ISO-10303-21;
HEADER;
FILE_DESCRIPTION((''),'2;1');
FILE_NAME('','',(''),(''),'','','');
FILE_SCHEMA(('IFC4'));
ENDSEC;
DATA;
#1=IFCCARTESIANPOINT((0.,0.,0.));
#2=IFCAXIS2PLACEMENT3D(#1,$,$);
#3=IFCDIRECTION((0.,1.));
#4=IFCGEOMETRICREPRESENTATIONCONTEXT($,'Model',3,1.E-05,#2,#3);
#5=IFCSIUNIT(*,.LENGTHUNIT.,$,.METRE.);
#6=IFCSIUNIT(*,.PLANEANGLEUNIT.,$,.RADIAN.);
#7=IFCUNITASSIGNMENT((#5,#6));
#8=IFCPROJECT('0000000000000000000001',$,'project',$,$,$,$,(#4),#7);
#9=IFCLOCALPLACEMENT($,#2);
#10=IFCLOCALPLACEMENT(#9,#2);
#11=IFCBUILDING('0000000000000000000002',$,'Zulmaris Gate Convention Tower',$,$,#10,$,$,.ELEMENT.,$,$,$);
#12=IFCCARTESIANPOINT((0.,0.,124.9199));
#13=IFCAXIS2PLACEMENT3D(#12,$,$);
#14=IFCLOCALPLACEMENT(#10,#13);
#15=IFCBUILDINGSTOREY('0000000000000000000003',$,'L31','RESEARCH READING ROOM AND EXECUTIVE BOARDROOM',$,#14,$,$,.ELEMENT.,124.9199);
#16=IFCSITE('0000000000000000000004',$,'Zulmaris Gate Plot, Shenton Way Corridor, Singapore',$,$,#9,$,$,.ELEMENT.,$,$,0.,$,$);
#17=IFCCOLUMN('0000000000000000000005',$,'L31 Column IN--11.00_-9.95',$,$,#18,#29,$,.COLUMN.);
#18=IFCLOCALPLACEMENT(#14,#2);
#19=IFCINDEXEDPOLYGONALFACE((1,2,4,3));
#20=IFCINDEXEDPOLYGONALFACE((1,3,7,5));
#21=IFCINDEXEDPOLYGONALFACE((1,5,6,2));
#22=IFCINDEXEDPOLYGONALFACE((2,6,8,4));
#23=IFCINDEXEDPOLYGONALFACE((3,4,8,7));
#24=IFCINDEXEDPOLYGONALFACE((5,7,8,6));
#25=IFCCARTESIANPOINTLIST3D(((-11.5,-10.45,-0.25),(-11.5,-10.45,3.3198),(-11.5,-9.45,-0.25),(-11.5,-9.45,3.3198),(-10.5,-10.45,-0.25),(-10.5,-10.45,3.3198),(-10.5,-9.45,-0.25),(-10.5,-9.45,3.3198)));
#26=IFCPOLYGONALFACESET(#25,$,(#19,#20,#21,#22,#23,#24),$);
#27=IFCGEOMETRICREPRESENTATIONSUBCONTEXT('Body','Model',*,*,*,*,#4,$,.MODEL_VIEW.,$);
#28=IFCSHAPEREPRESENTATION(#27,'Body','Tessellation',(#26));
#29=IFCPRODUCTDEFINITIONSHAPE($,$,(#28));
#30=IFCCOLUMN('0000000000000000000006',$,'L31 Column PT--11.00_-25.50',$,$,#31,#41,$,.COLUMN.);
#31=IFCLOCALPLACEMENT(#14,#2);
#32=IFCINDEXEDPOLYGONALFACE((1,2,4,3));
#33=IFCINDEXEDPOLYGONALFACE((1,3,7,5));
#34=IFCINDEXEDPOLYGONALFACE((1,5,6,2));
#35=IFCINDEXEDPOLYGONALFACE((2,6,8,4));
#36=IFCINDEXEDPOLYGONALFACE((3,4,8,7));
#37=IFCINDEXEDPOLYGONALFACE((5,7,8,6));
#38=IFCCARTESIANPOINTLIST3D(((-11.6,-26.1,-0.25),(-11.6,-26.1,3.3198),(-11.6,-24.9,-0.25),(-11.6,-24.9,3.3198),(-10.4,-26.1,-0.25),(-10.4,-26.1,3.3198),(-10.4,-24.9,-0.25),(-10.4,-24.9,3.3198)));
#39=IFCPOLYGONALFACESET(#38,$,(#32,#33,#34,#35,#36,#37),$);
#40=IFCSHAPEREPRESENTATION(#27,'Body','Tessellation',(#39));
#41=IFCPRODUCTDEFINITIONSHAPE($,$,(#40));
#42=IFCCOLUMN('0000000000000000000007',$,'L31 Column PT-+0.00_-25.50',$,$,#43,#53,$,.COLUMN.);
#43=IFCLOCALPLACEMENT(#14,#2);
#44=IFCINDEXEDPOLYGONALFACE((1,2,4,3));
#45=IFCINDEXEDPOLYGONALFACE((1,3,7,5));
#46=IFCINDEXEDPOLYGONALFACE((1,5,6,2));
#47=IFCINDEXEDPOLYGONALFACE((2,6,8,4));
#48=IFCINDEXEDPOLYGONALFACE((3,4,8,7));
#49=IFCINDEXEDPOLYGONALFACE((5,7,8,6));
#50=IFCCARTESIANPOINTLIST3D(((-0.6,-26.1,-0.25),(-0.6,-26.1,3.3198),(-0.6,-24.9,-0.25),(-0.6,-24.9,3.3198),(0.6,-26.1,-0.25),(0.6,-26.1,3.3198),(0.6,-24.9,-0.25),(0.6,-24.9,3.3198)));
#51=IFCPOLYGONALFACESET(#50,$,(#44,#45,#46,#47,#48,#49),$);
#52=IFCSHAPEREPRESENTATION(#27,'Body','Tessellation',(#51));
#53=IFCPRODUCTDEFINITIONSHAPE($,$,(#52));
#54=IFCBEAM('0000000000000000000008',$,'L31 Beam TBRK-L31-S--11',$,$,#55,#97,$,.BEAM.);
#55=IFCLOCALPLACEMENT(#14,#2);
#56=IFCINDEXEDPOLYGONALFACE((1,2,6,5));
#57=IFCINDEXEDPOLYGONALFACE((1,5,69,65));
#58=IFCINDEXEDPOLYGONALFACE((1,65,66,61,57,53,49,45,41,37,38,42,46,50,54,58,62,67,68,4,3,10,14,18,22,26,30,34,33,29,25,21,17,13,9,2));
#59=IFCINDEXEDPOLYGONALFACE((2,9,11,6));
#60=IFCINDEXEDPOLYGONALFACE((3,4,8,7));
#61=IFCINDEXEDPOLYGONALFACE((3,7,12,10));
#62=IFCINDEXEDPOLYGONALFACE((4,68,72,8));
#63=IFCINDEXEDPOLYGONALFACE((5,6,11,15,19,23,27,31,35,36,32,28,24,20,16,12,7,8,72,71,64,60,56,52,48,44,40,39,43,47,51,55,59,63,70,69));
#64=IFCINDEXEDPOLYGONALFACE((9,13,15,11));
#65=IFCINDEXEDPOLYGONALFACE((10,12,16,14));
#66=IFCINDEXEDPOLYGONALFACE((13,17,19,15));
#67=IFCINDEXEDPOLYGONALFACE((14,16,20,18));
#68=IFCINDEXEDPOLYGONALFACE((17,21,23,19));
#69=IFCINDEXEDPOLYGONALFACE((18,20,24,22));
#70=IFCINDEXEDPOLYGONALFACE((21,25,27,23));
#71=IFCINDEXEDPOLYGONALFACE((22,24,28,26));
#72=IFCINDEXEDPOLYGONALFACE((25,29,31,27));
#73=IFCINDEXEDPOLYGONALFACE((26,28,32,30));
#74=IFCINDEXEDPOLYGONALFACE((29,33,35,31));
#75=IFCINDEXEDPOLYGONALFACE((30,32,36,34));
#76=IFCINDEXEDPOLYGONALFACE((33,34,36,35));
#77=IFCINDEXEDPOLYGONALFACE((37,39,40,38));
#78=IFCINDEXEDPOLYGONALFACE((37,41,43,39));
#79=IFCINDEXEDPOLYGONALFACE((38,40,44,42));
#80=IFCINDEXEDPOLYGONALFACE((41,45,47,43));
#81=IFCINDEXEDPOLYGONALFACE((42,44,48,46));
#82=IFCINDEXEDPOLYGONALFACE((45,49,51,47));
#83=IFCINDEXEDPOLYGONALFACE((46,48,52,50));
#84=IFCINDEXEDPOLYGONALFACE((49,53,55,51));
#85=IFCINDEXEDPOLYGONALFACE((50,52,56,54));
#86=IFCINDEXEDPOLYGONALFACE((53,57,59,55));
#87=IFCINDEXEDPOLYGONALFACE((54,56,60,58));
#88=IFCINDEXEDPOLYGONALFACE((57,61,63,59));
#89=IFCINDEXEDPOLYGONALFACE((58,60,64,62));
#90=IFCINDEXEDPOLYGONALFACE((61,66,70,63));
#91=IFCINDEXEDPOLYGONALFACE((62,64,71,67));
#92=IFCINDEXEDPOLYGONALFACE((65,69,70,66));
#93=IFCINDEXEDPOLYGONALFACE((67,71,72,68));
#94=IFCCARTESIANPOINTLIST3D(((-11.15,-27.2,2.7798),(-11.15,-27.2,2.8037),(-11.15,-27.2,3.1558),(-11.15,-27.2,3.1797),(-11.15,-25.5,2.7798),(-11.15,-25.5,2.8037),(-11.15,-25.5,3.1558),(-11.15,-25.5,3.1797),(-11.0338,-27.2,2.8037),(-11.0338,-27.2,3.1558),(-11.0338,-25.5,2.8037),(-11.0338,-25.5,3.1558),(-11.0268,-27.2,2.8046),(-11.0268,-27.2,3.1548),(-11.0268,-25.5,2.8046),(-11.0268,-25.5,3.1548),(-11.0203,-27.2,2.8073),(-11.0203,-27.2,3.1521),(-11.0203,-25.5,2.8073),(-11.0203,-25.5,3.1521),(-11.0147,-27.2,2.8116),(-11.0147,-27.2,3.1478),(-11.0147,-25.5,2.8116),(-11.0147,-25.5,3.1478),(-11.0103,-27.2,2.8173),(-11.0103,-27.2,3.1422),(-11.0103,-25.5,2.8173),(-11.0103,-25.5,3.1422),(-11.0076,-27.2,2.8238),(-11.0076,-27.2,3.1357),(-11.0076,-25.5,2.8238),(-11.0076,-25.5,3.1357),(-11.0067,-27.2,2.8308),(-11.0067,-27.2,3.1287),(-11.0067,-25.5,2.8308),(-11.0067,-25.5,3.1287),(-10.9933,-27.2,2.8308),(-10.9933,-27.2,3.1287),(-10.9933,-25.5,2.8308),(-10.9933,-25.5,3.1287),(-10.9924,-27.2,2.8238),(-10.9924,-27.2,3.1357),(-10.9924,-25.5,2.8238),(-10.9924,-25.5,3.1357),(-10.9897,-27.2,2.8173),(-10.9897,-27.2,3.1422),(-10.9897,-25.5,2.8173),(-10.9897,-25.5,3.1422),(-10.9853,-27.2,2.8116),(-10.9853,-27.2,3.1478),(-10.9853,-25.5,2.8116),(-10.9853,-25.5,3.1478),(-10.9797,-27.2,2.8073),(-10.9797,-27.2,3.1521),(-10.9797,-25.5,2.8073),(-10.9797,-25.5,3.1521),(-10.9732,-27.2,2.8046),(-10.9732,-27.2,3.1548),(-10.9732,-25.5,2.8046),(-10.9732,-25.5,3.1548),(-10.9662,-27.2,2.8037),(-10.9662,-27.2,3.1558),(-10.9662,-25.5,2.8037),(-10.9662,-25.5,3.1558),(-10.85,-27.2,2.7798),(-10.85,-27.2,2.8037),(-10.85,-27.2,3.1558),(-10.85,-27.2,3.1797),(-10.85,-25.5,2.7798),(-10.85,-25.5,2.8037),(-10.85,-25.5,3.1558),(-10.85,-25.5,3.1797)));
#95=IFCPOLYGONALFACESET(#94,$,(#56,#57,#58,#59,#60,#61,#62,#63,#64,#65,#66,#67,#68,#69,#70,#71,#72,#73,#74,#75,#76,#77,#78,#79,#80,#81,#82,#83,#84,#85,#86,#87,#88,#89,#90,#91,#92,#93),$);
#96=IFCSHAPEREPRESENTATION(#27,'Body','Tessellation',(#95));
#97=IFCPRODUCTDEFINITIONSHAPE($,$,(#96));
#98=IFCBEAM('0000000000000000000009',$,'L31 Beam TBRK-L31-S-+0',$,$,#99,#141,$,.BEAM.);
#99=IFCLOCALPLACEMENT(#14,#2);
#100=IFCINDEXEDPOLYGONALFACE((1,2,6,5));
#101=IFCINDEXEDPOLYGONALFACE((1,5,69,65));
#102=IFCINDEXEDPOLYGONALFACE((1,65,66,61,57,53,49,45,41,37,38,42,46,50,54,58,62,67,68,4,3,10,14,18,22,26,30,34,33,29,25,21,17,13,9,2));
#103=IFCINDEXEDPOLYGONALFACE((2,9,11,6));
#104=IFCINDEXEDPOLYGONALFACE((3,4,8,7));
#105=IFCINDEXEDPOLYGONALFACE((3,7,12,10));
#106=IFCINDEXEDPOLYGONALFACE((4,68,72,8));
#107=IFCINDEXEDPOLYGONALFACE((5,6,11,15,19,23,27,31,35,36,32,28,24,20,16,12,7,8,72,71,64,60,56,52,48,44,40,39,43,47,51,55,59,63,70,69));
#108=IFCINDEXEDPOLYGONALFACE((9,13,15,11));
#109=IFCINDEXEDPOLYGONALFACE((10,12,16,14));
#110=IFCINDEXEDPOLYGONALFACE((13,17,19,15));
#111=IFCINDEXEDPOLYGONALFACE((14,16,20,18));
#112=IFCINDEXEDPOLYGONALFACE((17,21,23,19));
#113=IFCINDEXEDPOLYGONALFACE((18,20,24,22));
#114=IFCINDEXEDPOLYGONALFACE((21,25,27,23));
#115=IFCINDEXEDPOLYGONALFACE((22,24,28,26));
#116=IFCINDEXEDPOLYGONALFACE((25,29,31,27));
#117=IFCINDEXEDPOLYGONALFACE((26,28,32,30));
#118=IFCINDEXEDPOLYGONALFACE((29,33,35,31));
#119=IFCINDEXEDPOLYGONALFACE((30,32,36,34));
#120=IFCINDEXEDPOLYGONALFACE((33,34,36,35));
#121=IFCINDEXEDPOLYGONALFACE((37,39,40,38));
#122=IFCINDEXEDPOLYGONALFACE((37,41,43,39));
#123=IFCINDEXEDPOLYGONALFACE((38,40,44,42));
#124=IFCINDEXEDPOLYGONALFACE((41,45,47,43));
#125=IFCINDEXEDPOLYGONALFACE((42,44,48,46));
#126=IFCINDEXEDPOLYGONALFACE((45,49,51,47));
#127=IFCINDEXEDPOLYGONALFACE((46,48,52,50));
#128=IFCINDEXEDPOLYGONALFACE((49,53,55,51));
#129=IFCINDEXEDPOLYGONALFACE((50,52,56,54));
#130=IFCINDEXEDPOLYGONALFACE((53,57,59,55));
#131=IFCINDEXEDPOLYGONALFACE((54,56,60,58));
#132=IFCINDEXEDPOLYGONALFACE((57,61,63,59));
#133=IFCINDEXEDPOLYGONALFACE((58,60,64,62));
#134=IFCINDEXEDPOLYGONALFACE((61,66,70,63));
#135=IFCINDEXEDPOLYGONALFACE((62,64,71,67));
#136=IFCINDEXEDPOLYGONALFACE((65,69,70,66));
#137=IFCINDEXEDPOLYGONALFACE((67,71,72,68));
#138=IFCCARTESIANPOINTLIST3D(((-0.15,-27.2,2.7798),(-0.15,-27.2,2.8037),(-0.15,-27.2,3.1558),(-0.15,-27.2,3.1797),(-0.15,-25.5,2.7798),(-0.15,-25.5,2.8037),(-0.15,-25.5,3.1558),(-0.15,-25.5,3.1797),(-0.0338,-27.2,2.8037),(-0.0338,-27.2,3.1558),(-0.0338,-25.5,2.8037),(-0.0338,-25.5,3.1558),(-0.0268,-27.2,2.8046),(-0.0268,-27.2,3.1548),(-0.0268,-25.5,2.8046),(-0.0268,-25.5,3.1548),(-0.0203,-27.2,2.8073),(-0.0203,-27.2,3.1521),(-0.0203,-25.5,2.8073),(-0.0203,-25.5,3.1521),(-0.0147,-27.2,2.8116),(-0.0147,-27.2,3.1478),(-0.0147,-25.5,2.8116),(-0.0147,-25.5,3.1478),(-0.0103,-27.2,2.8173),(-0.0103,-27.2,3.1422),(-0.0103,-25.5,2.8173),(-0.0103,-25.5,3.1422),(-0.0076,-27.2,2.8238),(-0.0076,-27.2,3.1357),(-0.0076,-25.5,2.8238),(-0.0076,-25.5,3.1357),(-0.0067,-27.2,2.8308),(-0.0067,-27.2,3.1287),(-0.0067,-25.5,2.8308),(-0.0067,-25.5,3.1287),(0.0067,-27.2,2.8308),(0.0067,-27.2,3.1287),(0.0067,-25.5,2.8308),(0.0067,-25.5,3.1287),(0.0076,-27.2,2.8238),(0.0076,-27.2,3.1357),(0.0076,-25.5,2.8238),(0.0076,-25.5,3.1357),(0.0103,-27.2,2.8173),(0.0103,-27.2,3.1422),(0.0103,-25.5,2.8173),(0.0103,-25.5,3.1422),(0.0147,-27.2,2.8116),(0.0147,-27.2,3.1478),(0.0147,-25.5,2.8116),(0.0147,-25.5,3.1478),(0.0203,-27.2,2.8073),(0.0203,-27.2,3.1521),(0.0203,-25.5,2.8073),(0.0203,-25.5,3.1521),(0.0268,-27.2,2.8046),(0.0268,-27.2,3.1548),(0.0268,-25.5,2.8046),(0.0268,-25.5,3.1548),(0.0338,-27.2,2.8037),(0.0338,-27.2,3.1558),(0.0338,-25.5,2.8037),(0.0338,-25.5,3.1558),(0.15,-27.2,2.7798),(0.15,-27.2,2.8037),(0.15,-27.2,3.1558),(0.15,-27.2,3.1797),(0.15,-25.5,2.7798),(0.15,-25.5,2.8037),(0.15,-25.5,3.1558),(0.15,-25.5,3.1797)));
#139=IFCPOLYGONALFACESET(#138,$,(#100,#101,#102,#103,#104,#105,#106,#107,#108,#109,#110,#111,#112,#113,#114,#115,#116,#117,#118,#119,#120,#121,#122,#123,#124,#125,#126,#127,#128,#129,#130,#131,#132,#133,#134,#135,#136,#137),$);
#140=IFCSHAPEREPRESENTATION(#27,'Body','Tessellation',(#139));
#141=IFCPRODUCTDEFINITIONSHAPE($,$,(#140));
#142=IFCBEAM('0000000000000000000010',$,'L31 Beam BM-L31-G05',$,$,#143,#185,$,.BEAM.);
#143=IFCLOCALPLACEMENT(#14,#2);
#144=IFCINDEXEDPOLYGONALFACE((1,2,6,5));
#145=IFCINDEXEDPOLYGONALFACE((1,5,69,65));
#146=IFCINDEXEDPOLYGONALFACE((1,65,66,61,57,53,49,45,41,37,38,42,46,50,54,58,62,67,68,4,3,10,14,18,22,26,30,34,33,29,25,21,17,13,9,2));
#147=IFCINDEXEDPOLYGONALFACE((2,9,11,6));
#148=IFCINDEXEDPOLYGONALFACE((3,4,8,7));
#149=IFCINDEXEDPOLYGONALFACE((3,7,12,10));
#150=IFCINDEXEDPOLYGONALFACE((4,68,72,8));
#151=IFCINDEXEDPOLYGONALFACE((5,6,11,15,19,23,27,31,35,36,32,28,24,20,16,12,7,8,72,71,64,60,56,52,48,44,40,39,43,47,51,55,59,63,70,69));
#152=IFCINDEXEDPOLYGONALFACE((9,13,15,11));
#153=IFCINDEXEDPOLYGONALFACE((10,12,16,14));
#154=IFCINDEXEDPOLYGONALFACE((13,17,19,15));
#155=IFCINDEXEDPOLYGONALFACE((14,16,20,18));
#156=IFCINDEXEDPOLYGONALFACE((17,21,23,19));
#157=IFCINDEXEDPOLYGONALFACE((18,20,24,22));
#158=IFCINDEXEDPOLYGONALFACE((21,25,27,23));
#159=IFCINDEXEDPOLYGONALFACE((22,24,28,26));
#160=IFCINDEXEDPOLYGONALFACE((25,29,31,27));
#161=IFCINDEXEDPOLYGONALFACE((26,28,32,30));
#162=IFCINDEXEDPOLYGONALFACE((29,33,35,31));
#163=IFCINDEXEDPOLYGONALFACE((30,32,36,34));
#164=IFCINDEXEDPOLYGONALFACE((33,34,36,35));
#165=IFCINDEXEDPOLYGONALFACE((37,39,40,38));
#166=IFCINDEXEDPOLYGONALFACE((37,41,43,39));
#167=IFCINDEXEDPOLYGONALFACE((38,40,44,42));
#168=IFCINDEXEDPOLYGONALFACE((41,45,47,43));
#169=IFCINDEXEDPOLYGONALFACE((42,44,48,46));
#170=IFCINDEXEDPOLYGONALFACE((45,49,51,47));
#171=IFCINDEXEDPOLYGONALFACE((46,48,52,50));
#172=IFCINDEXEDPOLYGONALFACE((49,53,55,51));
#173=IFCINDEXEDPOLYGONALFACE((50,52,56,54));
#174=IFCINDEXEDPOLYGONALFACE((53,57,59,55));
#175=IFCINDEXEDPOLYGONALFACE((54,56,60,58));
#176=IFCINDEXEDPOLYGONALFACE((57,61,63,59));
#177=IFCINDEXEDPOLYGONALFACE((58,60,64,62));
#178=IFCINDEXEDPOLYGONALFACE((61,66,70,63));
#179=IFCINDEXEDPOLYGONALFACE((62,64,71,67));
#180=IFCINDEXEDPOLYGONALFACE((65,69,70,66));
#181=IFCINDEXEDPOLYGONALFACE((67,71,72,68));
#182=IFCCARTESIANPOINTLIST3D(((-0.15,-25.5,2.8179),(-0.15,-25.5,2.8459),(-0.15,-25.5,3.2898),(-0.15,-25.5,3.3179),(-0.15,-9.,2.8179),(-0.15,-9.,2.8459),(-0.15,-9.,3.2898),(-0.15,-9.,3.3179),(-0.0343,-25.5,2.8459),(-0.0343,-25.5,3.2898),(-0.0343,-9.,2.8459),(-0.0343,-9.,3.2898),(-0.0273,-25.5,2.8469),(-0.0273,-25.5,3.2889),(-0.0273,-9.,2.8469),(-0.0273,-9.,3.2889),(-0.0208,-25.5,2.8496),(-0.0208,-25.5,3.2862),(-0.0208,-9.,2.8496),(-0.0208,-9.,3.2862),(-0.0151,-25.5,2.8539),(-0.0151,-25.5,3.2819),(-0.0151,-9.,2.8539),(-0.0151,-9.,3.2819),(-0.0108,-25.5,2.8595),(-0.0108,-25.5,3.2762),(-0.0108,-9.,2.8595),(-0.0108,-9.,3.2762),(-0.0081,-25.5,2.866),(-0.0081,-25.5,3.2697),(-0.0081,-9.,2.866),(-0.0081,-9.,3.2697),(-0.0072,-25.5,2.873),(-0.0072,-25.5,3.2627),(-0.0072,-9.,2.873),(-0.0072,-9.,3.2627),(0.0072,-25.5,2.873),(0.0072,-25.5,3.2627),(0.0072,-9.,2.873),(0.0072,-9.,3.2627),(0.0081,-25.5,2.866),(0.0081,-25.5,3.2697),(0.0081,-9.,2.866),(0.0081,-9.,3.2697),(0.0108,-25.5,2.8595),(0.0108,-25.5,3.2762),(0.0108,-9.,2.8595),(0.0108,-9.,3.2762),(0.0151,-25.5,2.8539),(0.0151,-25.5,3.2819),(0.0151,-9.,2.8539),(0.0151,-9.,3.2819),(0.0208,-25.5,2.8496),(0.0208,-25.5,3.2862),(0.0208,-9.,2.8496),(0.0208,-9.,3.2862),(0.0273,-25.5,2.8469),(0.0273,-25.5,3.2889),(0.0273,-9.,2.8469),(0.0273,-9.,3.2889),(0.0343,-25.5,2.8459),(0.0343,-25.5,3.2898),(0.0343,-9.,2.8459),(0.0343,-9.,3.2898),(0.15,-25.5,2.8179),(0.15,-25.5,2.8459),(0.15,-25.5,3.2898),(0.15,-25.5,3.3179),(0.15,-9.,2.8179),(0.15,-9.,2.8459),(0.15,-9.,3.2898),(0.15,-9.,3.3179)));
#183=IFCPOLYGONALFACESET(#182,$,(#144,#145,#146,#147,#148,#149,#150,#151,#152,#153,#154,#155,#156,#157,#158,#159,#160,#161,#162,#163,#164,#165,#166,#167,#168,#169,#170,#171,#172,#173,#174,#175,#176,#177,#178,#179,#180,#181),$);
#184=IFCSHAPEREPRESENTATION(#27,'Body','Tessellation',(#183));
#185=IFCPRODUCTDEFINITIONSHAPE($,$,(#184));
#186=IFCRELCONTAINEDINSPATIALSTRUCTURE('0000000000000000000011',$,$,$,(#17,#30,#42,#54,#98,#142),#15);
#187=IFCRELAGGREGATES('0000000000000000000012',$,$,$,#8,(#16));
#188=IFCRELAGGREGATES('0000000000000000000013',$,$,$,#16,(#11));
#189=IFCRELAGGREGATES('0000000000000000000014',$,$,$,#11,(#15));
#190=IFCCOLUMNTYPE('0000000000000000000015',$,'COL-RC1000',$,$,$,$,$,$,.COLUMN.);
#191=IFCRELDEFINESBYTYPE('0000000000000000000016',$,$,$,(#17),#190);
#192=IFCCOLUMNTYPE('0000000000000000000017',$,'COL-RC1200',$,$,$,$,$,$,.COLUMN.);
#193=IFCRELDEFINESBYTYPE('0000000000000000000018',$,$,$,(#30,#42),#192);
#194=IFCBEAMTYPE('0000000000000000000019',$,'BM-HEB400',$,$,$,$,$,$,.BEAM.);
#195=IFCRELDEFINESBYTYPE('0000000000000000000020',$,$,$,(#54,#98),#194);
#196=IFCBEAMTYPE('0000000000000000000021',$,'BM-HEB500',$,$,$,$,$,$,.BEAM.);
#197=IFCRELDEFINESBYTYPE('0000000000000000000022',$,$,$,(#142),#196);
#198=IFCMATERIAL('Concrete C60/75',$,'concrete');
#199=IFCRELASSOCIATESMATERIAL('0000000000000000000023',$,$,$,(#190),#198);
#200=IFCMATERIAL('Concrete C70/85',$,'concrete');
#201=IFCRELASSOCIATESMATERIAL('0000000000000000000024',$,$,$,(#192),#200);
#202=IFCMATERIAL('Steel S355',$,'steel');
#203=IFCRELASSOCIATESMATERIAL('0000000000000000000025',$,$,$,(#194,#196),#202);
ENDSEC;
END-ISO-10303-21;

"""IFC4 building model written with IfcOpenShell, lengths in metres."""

from ifc_helpers import new_model, si_unit, direction, frame, origin, origin_2d, place, context, subcontext, project, spatial, rectangle, i_section, extrude, material, material_profile, profile_set, type_object, element, save


model = new_model("IFC4")

# Units and contexts
model_context = context("Model", 3, precision=1e-05, world=origin(), true_north=direction((0.0, 1.0)))
body_context = subcontext(model_context, "Body", "Model", "MODEL_VIEW")
ifc_project = project(units=[si_unit("LENGTHUNIT", "METRE"), si_unit("PLANEANGLEUNIT", "RADIAN")], contexts=[model_context])

# Site, building, storey
site_placement = place(None, origin())
site = spatial("IfcSite", under=ifc_project, at=site_placement, Name="Zulmaris Gate Plot, Shenton Way Corridor, Singapore", CompositionType="ELEMENT", RefElevation=0.0)
building_placement = place(site_placement, origin())
building = spatial("IfcBuilding", under=site, at=building_placement, Name="Zulmaris Gate Convention Tower", CompositionType="ELEMENT")
storey_placement = place(building_placement, frame((0.0, 0.0, 124.9199)))
storey = spatial("IfcBuildingStorey", under=building, at=storey_placement, Name="L31", Description="RESEARCH READING ROOM AND EXECUTIVE BOARDROOM", CompositionType="ELEMENT", Elevation=124.9199)

# Columns
ifc_material_1 = material(Name="Concrete C60/75", Category="concrete")
ifc_material_profile_1 = material_profile(ifc_material_1, rectangle(XDim=1.0, YDim=1.0, at=origin_2d()), Name="RC COL 1000x1000")
ifc_profile_set_1 = profile_set([ifc_material_profile_1], Name="Concrete C60/75")
column_type_1 = type_object("IfcColumnType", Name="COL-RC1000", PredefinedType="COLUMN", material=ifc_profile_set_1)
column_placement = place(storey_placement, frame((-11.0, -9.95, -0.25), z_axis=(0.0, 0.0, 1.0), x_axis=(1.0, 0.0, 0.0)))
element("IfcColumn", 1, at=column_placement, inside=storey, type_object=column_type_1, Name="L31 Column IN--11.00_-9.95", PredefinedType="COLUMN", context=body_context, shape_type="SweptSolid", body=[
    extrude(rectangle(XDim=1.0, YDim=1.0, at=origin_2d()), origin(), (0.0, 0.0, 1.0), 3.5698),
])
ifc_material_2 = material(Name="Concrete C70/85", Category="concrete")
ifc_material_profile_2 = material_profile(ifc_material_2, rectangle(XDim=1.2, YDim=1.2, at=origin_2d()), Name="RC COL 1200x1200")
ifc_profile_set_2 = profile_set([ifc_material_profile_2], Name="Concrete C70/85")
column_type_2 = type_object("IfcColumnType", Name="COL-RC1200", PredefinedType="COLUMN", material=ifc_profile_set_2)
for number, where, z_axis, x_axis, name in (
    (2, (-11.0, -25.5, -0.25), (0.0, 0.0, 1.0), (1.0, 0.0, 0.0), "L31 Column PT--11.00_-25.50"),
    (3, (0.0, -25.5, -0.25), (0.0, 0.0, 1.0), (1.0, 0.0, 0.0), "L31 Column PT-+0.00_-25.50"),
):
    element("IfcColumn", number, at=place(storey_placement, frame(where, z_axis=z_axis, x_axis=x_axis)), inside=storey, type_object=column_type_2, Name=name, PredefinedType="COLUMN", context=body_context, shape_type="SweptSolid", body=[
        extrude(rectangle(XDim=1.2, YDim=1.2, at=origin_2d()), origin(), (0.0, 0.0, 1.0), 3.5698),
    ])

# Beams
ifc_material_3 = material(Name="Steel S355", Category="steel")
ifc_material_profile_3 = material_profile(ifc_material_3, i_section(OverallWidth=0.3, OverallDepth=0.3999, WebThickness=0.0134, FlangeThickness=0.0239, FilletRadius=0.0271, at=origin_2d()), Name="HEB 400")
ifc_profile_set_3 = profile_set([ifc_material_profile_3], Name="Steel S355")
beam_type_1 = type_object("IfcBeamType", Name="BM-HEB400", PredefinedType="BEAM", material=ifc_profile_set_3)
for number, where, z_axis, x_axis, name in (
    (4, (-11.0, -27.2, 2.9797), (0.0, 1.0, 0.0), (-1.0, 0.0, 0.0), "L31 Beam TBRK-L31-S--11"),
    (5, (0.0, -27.2, 2.9797), (0.0, 1.0, 0.0), (-1.0, 0.0, 0.0), "L31 Beam TBRK-L31-S-+0"),
):
    element("IfcBeam", number, at=place(storey_placement, frame(where, z_axis=z_axis, x_axis=x_axis)), inside=storey, type_object=beam_type_1, Name=name, PredefinedType="BEAM", context=body_context, shape_type="SweptSolid", body=[
        extrude(i_section(OverallWidth=0.3, OverallDepth=0.3999, WebThickness=0.0134, FlangeThickness=0.0239, FilletRadius=0.0271, at=origin_2d()), origin(), (0.0, 0.0, 1.0), 1.7),
    ])
ifc_material_profile_4 = material_profile(ifc_material_3, i_section(OverallWidth=0.3, OverallDepth=0.5, WebThickness=0.0144, FlangeThickness=0.0281, FilletRadius=0.0271, at=origin_2d()), Name="HEB 500")
ifc_profile_set_4 = profile_set([ifc_material_profile_4], Name="Steel S355")
beam_type_2 = type_object("IfcBeamType", Name="BM-HEB500", PredefinedType="BEAM", material=ifc_profile_set_4)
beam_1_placement = place(storey_placement, frame((0.0, -25.5, 3.0679), z_axis=(0.0, 1.0, 0.0), x_axis=(-1.0, 0.0, 0.0)))
element("IfcBeam", 6, at=beam_1_placement, inside=storey, type_object=beam_type_2, Name="L31 Beam BM-L31-G05", PredefinedType="BEAM", context=body_context, shape_type="SweptSolid", body=[
    extrude(i_section(OverallWidth=0.3, OverallDepth=0.5, WebThickness=0.0144, FlangeThickness=0.0281, FilletRadius=0.0271, at=origin_2d()), origin(), (0.0, 0.0, 1.0), 16.5),
])

save(model, "model.ifc")
